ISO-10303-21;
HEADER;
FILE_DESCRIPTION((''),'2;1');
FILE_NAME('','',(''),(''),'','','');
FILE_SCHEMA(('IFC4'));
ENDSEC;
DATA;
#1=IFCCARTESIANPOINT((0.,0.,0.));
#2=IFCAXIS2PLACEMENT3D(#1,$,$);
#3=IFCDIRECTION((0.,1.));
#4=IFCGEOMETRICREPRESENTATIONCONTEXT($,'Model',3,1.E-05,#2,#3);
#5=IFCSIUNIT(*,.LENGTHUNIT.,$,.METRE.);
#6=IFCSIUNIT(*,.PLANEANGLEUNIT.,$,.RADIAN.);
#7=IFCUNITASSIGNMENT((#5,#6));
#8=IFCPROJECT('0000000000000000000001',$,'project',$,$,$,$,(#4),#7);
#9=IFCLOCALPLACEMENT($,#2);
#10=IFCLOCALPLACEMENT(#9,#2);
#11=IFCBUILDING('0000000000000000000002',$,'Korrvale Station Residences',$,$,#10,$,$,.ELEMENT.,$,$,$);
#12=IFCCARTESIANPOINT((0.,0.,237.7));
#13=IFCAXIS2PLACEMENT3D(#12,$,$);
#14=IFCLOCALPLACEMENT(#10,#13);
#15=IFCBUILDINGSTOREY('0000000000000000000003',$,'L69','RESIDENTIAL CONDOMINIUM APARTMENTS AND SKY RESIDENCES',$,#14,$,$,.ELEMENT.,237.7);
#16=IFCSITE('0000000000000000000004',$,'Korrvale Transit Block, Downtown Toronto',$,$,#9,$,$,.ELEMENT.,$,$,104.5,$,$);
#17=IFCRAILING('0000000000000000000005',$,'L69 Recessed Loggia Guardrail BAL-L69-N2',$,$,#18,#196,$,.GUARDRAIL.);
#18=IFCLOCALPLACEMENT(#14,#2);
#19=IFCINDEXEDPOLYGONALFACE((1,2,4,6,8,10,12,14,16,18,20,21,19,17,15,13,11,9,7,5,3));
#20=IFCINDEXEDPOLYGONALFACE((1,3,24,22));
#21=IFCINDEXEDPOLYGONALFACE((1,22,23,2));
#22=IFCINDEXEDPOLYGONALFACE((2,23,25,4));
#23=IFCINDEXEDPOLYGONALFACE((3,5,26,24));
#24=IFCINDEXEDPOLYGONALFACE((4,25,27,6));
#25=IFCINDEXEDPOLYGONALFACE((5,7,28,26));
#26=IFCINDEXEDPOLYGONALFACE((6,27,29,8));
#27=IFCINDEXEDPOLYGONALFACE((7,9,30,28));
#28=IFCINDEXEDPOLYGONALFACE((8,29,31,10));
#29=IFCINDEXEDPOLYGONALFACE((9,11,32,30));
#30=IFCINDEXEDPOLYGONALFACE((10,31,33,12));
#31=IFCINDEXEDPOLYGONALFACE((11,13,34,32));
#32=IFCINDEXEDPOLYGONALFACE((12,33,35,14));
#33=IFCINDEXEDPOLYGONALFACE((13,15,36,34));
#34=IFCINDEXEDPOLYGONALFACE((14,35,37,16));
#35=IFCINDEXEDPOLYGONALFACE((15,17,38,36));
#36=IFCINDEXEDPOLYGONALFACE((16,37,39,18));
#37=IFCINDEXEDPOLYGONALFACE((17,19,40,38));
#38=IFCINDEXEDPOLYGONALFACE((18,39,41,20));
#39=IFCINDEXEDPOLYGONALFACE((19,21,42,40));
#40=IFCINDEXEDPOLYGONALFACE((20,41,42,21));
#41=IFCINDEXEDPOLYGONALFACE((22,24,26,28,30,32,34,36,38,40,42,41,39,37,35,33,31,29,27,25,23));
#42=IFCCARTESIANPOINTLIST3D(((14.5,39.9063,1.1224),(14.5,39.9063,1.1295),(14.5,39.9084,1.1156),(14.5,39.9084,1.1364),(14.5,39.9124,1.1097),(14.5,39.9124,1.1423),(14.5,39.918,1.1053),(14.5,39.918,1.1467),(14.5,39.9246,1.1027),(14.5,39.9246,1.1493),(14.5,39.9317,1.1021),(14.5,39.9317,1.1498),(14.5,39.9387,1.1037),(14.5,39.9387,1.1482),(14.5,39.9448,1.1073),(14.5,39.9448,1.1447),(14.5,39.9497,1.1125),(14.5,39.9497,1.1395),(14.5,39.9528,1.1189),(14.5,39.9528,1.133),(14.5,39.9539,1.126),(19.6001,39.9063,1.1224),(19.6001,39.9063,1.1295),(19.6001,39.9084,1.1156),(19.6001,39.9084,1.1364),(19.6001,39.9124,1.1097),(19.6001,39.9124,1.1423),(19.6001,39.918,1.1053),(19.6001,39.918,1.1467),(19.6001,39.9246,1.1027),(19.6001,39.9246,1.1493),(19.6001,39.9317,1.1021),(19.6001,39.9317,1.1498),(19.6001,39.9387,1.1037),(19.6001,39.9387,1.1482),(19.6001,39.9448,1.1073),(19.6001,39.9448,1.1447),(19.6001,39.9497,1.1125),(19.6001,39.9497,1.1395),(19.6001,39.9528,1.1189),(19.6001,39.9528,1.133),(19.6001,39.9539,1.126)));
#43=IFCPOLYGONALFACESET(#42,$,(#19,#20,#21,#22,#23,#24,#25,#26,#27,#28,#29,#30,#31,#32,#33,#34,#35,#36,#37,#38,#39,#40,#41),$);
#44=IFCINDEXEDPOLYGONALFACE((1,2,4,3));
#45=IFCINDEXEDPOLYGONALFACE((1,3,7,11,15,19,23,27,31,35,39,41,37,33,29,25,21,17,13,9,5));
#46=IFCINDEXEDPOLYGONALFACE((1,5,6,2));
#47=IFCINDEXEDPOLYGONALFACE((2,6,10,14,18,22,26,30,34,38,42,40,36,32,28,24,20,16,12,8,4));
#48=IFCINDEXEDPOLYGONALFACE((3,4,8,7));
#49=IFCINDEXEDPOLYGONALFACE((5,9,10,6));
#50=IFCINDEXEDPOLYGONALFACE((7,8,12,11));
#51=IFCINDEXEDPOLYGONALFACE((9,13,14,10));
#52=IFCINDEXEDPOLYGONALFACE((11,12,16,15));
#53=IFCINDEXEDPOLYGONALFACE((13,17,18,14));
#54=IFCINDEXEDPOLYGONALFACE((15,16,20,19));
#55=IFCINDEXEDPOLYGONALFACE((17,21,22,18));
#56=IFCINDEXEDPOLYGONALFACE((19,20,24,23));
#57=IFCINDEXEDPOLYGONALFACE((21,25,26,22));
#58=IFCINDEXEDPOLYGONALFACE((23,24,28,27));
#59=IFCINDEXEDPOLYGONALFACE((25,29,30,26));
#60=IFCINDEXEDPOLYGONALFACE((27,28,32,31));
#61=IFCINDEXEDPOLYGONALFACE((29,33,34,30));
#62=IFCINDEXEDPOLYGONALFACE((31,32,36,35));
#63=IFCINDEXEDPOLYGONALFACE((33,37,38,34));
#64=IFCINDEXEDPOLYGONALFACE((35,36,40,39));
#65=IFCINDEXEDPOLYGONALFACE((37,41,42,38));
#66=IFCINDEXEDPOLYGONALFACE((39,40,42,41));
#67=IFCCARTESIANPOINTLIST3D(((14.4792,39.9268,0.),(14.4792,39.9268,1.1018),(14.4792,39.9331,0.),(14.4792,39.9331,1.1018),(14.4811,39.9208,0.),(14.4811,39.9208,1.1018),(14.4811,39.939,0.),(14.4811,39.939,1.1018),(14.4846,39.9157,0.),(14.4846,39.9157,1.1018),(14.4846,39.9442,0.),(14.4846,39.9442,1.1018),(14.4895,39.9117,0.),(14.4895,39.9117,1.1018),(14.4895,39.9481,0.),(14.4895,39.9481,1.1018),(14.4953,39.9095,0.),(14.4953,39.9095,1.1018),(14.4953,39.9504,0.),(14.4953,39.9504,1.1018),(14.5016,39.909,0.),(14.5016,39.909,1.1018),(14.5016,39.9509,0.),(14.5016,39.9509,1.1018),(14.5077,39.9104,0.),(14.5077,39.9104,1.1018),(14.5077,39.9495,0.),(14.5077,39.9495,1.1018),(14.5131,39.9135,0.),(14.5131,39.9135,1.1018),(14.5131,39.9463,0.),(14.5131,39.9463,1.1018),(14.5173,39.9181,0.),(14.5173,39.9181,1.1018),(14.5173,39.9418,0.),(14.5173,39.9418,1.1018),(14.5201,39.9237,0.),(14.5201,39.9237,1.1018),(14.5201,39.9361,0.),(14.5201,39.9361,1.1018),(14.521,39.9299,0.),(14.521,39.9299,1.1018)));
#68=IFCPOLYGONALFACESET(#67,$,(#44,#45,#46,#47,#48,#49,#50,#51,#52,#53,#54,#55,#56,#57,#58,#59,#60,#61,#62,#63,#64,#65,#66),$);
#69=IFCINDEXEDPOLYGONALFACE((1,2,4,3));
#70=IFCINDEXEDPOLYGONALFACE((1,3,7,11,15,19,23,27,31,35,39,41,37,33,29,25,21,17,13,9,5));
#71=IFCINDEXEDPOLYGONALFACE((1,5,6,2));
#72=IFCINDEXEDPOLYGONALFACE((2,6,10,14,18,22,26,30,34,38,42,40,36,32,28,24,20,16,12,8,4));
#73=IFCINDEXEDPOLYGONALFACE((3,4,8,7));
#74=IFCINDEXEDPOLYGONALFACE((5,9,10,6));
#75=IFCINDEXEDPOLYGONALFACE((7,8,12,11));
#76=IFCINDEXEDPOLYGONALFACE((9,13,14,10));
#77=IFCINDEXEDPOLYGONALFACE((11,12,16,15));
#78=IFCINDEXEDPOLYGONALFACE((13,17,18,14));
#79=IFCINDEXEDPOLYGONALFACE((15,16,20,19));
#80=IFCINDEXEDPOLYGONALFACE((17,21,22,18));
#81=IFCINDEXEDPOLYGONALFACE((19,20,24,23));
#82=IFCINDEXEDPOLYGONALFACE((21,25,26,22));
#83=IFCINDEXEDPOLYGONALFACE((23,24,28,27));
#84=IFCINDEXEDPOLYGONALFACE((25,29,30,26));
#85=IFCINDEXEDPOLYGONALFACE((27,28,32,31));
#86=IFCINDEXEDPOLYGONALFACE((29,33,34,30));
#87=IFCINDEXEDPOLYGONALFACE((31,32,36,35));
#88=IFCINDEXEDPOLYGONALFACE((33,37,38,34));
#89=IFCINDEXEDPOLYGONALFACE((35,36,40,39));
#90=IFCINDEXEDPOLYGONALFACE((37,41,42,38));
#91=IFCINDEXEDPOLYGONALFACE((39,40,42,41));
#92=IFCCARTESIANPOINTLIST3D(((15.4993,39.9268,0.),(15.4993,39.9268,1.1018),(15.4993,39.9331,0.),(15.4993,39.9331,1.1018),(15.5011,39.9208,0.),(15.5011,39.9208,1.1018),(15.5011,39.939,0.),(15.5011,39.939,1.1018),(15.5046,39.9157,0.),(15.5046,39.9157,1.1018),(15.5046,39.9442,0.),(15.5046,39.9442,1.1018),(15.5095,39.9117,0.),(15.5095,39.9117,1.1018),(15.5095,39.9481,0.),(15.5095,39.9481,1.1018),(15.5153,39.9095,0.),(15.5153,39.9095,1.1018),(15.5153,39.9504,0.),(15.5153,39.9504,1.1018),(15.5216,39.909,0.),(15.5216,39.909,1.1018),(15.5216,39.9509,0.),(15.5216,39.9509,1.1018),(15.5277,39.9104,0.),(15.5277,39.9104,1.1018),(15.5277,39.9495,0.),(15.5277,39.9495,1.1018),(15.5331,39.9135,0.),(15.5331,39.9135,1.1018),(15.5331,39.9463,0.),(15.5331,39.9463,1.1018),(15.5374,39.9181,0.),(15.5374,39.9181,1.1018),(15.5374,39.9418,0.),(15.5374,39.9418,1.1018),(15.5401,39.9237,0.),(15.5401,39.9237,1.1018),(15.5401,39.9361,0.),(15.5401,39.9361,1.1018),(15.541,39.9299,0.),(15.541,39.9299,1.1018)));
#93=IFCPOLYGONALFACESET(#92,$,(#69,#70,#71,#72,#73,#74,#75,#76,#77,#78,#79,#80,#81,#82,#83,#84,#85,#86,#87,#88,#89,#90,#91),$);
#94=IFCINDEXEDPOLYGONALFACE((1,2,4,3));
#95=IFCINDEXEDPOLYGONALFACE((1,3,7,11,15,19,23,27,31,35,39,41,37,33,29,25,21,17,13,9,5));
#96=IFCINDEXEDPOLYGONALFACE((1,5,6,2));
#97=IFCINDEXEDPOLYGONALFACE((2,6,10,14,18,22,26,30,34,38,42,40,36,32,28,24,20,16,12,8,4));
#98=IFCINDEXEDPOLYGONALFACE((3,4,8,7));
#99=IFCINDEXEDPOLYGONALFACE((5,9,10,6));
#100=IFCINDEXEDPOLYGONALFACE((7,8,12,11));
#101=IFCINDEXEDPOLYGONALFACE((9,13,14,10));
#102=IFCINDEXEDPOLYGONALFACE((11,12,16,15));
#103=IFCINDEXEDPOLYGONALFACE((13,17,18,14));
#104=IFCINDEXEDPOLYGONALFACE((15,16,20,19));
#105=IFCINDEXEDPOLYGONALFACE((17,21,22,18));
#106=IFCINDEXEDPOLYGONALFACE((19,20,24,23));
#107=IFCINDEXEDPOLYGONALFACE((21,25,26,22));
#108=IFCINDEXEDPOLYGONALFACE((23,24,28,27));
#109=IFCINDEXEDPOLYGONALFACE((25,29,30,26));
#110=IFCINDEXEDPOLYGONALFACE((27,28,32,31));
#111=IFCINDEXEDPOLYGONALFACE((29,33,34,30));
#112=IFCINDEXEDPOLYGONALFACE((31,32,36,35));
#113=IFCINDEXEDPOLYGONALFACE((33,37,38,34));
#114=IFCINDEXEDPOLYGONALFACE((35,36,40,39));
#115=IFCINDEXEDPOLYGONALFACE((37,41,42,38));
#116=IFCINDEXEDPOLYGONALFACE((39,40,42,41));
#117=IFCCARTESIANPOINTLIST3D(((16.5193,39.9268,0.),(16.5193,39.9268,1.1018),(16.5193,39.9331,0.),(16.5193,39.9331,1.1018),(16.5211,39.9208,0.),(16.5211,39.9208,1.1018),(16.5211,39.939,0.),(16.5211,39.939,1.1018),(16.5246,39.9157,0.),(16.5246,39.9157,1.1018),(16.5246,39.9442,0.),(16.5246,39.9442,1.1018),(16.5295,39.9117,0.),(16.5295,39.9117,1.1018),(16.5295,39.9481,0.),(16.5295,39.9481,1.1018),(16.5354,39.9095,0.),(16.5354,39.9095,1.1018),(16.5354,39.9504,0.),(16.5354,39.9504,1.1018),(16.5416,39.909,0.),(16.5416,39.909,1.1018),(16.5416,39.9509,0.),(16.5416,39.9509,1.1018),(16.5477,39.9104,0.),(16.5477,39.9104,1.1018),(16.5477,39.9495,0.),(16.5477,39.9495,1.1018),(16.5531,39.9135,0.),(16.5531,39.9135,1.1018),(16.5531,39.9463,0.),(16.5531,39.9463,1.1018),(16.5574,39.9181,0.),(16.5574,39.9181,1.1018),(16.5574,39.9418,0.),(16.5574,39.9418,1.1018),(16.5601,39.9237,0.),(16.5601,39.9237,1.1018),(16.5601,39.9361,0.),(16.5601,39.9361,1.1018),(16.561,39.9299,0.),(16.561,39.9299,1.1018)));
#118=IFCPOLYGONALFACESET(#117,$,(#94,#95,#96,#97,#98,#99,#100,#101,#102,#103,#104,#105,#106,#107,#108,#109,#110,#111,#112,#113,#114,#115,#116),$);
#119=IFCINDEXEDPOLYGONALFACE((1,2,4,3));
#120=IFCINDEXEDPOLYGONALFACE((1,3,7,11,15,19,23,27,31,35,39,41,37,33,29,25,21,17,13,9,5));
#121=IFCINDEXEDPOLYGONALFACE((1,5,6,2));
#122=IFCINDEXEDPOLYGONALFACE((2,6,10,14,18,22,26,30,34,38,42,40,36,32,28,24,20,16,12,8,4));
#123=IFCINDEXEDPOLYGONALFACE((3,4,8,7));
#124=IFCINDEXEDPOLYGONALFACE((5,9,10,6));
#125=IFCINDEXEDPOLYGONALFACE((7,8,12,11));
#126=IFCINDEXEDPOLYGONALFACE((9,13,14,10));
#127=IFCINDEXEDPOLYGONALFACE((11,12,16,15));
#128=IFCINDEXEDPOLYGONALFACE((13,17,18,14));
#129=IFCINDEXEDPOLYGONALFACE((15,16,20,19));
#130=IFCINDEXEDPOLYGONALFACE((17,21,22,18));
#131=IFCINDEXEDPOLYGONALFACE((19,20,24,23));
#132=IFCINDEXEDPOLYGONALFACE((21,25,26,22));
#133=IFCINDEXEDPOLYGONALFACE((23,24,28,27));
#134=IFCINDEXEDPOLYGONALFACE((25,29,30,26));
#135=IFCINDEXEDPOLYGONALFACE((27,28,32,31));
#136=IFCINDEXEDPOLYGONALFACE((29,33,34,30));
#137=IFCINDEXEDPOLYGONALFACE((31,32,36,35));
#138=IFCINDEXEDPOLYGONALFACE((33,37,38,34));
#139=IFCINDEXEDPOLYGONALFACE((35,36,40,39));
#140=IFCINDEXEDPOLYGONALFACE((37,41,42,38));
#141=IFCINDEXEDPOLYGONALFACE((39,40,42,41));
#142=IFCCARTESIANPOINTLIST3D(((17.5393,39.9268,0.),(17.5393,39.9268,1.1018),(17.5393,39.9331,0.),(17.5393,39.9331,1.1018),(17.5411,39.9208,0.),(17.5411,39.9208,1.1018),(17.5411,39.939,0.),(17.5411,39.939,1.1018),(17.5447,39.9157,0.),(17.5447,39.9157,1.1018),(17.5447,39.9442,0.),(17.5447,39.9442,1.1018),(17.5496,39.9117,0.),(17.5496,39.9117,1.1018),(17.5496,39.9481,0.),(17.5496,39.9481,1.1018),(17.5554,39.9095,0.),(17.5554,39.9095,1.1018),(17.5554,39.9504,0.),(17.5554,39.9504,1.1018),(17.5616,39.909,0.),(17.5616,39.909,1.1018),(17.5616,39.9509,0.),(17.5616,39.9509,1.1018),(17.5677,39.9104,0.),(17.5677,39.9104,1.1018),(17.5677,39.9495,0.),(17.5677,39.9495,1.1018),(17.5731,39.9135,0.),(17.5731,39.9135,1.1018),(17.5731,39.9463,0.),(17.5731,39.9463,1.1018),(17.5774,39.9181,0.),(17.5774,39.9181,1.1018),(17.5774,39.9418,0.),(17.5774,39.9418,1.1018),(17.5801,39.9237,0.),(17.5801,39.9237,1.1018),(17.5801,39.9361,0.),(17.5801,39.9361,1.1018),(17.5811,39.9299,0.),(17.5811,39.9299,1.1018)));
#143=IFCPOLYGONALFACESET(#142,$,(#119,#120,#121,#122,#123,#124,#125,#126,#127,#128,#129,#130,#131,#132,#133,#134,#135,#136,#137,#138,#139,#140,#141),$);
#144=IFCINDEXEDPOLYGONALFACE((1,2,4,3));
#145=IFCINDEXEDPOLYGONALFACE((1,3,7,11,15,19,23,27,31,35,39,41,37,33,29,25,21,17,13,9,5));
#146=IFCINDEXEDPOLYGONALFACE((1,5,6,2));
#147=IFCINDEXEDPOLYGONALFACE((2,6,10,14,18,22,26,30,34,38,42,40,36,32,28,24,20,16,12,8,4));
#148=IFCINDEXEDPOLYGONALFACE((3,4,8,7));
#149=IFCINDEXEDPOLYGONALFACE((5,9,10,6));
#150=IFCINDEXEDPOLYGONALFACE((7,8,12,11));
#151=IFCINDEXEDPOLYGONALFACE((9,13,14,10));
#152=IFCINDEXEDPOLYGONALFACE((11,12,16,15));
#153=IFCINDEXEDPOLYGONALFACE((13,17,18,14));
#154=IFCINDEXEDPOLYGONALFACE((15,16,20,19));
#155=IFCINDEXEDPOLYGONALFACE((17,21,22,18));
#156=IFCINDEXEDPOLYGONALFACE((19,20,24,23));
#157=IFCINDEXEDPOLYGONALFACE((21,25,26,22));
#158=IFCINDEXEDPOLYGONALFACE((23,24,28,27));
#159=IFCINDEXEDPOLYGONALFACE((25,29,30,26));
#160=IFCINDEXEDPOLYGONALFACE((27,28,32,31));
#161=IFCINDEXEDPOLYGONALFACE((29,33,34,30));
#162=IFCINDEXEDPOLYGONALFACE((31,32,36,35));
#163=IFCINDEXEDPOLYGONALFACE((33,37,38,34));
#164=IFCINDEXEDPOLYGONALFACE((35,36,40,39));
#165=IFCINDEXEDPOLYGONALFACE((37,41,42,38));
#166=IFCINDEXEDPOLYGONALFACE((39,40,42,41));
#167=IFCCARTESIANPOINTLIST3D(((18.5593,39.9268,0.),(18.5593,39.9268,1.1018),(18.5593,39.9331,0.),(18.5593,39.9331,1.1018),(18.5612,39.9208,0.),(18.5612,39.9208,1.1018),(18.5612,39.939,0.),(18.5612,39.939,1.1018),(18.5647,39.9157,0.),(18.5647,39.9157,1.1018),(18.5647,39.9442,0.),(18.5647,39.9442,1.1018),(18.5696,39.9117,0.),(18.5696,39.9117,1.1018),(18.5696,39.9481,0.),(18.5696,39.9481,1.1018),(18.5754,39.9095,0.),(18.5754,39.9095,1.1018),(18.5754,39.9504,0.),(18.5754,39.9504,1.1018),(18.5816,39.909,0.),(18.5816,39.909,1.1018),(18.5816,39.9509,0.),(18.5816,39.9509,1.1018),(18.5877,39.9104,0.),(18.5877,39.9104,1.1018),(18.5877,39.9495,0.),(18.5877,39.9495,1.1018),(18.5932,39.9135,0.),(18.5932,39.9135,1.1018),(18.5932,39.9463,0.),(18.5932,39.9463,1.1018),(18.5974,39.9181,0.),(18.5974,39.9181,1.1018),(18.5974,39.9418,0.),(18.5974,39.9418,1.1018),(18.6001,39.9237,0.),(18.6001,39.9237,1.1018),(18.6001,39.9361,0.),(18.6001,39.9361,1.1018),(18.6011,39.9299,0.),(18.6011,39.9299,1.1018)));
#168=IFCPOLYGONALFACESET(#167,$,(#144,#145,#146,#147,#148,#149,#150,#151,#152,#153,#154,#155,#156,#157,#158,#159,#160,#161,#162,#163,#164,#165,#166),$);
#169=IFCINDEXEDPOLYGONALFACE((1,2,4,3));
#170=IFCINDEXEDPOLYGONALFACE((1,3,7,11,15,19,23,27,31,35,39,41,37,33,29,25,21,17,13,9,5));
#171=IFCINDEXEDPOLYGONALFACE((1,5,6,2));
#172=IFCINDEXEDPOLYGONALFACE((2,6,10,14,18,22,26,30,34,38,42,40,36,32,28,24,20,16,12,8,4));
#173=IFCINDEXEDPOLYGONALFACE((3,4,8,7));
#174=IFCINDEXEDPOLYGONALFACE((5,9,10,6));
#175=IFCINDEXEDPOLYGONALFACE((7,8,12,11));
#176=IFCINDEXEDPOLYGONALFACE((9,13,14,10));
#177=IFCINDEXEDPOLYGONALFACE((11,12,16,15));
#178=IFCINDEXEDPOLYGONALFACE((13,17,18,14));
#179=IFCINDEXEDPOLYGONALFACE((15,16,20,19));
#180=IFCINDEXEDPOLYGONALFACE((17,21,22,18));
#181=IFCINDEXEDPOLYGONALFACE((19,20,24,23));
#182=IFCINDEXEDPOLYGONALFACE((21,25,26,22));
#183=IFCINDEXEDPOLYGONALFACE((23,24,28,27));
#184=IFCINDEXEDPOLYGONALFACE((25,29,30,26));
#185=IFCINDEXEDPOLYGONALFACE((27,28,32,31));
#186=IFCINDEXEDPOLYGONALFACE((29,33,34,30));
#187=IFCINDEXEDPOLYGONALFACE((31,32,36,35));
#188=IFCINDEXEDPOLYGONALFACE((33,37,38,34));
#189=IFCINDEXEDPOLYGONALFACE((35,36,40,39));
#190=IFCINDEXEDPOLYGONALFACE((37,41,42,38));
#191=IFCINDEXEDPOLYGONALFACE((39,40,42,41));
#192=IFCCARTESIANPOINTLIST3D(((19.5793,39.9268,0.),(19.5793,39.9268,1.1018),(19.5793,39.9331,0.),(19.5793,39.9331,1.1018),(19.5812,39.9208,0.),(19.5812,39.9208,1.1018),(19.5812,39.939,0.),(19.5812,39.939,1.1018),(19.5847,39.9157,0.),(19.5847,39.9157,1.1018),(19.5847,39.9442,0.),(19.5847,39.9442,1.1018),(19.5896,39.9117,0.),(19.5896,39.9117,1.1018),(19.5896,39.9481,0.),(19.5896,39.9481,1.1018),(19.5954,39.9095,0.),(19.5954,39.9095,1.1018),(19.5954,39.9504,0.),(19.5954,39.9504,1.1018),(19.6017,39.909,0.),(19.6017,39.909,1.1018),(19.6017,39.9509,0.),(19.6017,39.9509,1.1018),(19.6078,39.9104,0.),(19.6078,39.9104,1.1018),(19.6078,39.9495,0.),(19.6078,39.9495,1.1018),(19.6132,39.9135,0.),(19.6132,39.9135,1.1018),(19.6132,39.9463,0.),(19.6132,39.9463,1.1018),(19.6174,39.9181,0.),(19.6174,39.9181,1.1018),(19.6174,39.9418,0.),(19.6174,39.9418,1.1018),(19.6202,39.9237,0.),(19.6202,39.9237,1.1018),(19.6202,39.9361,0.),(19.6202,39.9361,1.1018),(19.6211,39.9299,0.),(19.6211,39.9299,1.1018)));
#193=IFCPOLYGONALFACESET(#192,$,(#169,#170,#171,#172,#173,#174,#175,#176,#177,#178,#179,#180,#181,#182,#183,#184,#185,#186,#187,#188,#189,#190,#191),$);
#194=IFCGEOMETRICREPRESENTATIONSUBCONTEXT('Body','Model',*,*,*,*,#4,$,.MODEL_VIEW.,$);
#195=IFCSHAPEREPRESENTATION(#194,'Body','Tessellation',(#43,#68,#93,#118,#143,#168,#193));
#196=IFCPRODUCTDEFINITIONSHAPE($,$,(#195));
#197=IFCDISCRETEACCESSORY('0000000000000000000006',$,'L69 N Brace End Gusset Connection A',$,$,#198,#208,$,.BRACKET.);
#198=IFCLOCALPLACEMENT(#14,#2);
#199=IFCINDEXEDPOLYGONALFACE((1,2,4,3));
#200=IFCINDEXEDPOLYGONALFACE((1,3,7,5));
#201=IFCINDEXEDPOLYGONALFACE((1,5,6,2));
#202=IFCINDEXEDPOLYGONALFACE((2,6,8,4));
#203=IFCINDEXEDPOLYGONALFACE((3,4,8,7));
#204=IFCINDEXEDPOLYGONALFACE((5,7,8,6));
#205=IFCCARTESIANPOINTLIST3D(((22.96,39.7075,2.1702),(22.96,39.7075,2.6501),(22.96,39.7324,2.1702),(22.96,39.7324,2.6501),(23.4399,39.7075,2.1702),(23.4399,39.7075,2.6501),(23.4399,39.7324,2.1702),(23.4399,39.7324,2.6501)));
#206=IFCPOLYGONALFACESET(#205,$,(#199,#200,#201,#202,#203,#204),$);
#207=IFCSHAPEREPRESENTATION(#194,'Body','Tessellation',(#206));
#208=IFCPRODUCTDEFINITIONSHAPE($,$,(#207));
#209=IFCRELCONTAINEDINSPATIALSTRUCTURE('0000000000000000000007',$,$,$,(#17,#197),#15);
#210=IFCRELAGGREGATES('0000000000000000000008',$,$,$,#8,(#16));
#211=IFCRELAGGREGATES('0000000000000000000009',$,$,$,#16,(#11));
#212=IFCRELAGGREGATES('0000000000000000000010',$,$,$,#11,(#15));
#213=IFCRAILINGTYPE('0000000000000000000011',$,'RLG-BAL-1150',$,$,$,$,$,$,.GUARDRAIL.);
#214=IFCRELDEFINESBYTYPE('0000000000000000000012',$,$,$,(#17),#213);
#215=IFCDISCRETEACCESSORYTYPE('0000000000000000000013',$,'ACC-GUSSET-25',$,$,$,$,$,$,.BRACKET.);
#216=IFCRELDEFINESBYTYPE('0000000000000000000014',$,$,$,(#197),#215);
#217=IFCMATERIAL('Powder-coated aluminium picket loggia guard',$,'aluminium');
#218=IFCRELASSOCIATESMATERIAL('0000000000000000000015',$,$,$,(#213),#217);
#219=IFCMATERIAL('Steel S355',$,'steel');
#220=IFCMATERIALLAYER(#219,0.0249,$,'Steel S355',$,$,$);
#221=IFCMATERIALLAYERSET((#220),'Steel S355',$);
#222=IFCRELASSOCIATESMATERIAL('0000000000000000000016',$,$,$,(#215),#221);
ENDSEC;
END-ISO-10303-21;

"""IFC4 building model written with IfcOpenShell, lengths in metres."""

from ifc_helpers import new_model, si_unit, direction, frame, origin, origin_2d, place, context, subcontext, project, spatial, rectangle, circle, extrude, material, layer, layer_set, type_object, element, save


model = new_model("IFC4")

# Units and contexts
model_context = context("Model", 3, precision=1e-05, world=origin(), true_north=direction((0.0, 1.0)))
body_context = subcontext(model_context, "Body", "Model", "MODEL_VIEW")
ifc_project = project(units=[si_unit("LENGTHUNIT", "METRE"), si_unit("PLANEANGLEUNIT", "RADIAN")], contexts=[model_context])

# Site, building, storey
site_placement = place(None, origin())
site = spatial("IfcSite", under=ifc_project, at=site_placement, Name="Korrvale Transit Block, Downtown Toronto", CompositionType="ELEMENT", RefElevation=104.5)
building_placement = place(site_placement, origin())
building = spatial("IfcBuilding", under=site, at=building_placement, Name="Korrvale Station Residences", CompositionType="ELEMENT")
storey_placement = place(building_placement, frame((0.0, 0.0, 237.7)))
storey = spatial("IfcBuildingStorey", under=building, at=storey_placement, Name="L69", Description="RESIDENTIAL CONDOMINIUM APARTMENTS AND SKY RESIDENCES", CompositionType="ELEMENT", Elevation=237.7)

# Shared definitions
ifc_material_1 = material(Name="Steel S355", Category="steel")

# Railing
ifc_material_2 = material(Name="Powder-coated aluminium picket loggia guard", Category="aluminium")
railing_type = type_object("IfcRailingType", Name="RLG-BAL-1150", PredefinedType="GUARDRAIL", material=ifc_material_2)
railing_placement = place(storey_placement, frame((14.5, 39.9299, 0.0)))
element("IfcRailing", 1, at=railing_placement, inside=storey, type_object=railing_type, Name="L69 Recessed Loggia Guardrail BAL-L69-N2", PredefinedType="GUARDRAIL", context=body_context, shape_type="SweptSolid", body=[
    extrude(circle(Radius=0.0239, at=origin_2d()), frame((0.0, 0.0, 1.126), z_axis=(1.0, 0.0, 0.0), x_axis=(0.0, 1.0, 0.0)), (0.0, 0.0, 1.0), 5.1001),
    extrude(circle(Radius=0.021, at=origin_2d()), origin(), (0.0, 0.0, 1.0), 1.1018),
    extrude(circle(Radius=0.021, at=origin_2d()), frame((1.02, 0.0, 0.0)), (0.0, 0.0, 1.0), 1.1018),
    extrude(circle(Radius=0.021, at=origin_2d()), frame((2.04, 0.0, 0.0)), (0.0, 0.0, 1.0), 1.1018),
    extrude(circle(Radius=0.021, at=origin_2d()), frame((3.0601, 0.0, 0.0)), (0.0, 0.0, 1.0), 1.1018),
    extrude(circle(Radius=0.021, at=origin_2d()), frame((4.0801, 0.0, 0.0)), (0.0, 0.0, 1.0), 1.1018),
    extrude(circle(Radius=0.021, at=origin_2d()), frame((5.1001, 0.0, 0.0)), (0.0, 0.0, 1.0), 1.1018),
])

# Discrete accessory
ifc_layer_1 = layer(ifc_material_1, 0.0249, Name="Steel S355")
ifc_layer_set_1 = layer_set([ifc_layer_1], Name="Steel S355")
discrete_accessory_type = type_object("IfcDiscreteAccessoryType", Name="ACC-GUSSET-25", PredefinedType="BRACKET", material=ifc_layer_set_1)
discrete_accessory_placement = place(storey_placement, frame((23.2, 39.72, 2.1702), z_axis=(0.0, 0.0, 1.0), x_axis=(1.0, 0.0, 0.0)))
element("IfcDiscreteAccessory", 2, at=discrete_accessory_placement, inside=storey, type_object=discrete_accessory_type, Name="L69 N Brace End Gusset Connection A", PredefinedType="BRACKET", context=body_context, shape_type="SweptSolid", body=[
    extrude(rectangle(XDim=0.48, YDim=0.0249, at=origin_2d()), origin(), (0.0, 0.0, 1.0), 0.48),
])

save(model, "model.ifc")
